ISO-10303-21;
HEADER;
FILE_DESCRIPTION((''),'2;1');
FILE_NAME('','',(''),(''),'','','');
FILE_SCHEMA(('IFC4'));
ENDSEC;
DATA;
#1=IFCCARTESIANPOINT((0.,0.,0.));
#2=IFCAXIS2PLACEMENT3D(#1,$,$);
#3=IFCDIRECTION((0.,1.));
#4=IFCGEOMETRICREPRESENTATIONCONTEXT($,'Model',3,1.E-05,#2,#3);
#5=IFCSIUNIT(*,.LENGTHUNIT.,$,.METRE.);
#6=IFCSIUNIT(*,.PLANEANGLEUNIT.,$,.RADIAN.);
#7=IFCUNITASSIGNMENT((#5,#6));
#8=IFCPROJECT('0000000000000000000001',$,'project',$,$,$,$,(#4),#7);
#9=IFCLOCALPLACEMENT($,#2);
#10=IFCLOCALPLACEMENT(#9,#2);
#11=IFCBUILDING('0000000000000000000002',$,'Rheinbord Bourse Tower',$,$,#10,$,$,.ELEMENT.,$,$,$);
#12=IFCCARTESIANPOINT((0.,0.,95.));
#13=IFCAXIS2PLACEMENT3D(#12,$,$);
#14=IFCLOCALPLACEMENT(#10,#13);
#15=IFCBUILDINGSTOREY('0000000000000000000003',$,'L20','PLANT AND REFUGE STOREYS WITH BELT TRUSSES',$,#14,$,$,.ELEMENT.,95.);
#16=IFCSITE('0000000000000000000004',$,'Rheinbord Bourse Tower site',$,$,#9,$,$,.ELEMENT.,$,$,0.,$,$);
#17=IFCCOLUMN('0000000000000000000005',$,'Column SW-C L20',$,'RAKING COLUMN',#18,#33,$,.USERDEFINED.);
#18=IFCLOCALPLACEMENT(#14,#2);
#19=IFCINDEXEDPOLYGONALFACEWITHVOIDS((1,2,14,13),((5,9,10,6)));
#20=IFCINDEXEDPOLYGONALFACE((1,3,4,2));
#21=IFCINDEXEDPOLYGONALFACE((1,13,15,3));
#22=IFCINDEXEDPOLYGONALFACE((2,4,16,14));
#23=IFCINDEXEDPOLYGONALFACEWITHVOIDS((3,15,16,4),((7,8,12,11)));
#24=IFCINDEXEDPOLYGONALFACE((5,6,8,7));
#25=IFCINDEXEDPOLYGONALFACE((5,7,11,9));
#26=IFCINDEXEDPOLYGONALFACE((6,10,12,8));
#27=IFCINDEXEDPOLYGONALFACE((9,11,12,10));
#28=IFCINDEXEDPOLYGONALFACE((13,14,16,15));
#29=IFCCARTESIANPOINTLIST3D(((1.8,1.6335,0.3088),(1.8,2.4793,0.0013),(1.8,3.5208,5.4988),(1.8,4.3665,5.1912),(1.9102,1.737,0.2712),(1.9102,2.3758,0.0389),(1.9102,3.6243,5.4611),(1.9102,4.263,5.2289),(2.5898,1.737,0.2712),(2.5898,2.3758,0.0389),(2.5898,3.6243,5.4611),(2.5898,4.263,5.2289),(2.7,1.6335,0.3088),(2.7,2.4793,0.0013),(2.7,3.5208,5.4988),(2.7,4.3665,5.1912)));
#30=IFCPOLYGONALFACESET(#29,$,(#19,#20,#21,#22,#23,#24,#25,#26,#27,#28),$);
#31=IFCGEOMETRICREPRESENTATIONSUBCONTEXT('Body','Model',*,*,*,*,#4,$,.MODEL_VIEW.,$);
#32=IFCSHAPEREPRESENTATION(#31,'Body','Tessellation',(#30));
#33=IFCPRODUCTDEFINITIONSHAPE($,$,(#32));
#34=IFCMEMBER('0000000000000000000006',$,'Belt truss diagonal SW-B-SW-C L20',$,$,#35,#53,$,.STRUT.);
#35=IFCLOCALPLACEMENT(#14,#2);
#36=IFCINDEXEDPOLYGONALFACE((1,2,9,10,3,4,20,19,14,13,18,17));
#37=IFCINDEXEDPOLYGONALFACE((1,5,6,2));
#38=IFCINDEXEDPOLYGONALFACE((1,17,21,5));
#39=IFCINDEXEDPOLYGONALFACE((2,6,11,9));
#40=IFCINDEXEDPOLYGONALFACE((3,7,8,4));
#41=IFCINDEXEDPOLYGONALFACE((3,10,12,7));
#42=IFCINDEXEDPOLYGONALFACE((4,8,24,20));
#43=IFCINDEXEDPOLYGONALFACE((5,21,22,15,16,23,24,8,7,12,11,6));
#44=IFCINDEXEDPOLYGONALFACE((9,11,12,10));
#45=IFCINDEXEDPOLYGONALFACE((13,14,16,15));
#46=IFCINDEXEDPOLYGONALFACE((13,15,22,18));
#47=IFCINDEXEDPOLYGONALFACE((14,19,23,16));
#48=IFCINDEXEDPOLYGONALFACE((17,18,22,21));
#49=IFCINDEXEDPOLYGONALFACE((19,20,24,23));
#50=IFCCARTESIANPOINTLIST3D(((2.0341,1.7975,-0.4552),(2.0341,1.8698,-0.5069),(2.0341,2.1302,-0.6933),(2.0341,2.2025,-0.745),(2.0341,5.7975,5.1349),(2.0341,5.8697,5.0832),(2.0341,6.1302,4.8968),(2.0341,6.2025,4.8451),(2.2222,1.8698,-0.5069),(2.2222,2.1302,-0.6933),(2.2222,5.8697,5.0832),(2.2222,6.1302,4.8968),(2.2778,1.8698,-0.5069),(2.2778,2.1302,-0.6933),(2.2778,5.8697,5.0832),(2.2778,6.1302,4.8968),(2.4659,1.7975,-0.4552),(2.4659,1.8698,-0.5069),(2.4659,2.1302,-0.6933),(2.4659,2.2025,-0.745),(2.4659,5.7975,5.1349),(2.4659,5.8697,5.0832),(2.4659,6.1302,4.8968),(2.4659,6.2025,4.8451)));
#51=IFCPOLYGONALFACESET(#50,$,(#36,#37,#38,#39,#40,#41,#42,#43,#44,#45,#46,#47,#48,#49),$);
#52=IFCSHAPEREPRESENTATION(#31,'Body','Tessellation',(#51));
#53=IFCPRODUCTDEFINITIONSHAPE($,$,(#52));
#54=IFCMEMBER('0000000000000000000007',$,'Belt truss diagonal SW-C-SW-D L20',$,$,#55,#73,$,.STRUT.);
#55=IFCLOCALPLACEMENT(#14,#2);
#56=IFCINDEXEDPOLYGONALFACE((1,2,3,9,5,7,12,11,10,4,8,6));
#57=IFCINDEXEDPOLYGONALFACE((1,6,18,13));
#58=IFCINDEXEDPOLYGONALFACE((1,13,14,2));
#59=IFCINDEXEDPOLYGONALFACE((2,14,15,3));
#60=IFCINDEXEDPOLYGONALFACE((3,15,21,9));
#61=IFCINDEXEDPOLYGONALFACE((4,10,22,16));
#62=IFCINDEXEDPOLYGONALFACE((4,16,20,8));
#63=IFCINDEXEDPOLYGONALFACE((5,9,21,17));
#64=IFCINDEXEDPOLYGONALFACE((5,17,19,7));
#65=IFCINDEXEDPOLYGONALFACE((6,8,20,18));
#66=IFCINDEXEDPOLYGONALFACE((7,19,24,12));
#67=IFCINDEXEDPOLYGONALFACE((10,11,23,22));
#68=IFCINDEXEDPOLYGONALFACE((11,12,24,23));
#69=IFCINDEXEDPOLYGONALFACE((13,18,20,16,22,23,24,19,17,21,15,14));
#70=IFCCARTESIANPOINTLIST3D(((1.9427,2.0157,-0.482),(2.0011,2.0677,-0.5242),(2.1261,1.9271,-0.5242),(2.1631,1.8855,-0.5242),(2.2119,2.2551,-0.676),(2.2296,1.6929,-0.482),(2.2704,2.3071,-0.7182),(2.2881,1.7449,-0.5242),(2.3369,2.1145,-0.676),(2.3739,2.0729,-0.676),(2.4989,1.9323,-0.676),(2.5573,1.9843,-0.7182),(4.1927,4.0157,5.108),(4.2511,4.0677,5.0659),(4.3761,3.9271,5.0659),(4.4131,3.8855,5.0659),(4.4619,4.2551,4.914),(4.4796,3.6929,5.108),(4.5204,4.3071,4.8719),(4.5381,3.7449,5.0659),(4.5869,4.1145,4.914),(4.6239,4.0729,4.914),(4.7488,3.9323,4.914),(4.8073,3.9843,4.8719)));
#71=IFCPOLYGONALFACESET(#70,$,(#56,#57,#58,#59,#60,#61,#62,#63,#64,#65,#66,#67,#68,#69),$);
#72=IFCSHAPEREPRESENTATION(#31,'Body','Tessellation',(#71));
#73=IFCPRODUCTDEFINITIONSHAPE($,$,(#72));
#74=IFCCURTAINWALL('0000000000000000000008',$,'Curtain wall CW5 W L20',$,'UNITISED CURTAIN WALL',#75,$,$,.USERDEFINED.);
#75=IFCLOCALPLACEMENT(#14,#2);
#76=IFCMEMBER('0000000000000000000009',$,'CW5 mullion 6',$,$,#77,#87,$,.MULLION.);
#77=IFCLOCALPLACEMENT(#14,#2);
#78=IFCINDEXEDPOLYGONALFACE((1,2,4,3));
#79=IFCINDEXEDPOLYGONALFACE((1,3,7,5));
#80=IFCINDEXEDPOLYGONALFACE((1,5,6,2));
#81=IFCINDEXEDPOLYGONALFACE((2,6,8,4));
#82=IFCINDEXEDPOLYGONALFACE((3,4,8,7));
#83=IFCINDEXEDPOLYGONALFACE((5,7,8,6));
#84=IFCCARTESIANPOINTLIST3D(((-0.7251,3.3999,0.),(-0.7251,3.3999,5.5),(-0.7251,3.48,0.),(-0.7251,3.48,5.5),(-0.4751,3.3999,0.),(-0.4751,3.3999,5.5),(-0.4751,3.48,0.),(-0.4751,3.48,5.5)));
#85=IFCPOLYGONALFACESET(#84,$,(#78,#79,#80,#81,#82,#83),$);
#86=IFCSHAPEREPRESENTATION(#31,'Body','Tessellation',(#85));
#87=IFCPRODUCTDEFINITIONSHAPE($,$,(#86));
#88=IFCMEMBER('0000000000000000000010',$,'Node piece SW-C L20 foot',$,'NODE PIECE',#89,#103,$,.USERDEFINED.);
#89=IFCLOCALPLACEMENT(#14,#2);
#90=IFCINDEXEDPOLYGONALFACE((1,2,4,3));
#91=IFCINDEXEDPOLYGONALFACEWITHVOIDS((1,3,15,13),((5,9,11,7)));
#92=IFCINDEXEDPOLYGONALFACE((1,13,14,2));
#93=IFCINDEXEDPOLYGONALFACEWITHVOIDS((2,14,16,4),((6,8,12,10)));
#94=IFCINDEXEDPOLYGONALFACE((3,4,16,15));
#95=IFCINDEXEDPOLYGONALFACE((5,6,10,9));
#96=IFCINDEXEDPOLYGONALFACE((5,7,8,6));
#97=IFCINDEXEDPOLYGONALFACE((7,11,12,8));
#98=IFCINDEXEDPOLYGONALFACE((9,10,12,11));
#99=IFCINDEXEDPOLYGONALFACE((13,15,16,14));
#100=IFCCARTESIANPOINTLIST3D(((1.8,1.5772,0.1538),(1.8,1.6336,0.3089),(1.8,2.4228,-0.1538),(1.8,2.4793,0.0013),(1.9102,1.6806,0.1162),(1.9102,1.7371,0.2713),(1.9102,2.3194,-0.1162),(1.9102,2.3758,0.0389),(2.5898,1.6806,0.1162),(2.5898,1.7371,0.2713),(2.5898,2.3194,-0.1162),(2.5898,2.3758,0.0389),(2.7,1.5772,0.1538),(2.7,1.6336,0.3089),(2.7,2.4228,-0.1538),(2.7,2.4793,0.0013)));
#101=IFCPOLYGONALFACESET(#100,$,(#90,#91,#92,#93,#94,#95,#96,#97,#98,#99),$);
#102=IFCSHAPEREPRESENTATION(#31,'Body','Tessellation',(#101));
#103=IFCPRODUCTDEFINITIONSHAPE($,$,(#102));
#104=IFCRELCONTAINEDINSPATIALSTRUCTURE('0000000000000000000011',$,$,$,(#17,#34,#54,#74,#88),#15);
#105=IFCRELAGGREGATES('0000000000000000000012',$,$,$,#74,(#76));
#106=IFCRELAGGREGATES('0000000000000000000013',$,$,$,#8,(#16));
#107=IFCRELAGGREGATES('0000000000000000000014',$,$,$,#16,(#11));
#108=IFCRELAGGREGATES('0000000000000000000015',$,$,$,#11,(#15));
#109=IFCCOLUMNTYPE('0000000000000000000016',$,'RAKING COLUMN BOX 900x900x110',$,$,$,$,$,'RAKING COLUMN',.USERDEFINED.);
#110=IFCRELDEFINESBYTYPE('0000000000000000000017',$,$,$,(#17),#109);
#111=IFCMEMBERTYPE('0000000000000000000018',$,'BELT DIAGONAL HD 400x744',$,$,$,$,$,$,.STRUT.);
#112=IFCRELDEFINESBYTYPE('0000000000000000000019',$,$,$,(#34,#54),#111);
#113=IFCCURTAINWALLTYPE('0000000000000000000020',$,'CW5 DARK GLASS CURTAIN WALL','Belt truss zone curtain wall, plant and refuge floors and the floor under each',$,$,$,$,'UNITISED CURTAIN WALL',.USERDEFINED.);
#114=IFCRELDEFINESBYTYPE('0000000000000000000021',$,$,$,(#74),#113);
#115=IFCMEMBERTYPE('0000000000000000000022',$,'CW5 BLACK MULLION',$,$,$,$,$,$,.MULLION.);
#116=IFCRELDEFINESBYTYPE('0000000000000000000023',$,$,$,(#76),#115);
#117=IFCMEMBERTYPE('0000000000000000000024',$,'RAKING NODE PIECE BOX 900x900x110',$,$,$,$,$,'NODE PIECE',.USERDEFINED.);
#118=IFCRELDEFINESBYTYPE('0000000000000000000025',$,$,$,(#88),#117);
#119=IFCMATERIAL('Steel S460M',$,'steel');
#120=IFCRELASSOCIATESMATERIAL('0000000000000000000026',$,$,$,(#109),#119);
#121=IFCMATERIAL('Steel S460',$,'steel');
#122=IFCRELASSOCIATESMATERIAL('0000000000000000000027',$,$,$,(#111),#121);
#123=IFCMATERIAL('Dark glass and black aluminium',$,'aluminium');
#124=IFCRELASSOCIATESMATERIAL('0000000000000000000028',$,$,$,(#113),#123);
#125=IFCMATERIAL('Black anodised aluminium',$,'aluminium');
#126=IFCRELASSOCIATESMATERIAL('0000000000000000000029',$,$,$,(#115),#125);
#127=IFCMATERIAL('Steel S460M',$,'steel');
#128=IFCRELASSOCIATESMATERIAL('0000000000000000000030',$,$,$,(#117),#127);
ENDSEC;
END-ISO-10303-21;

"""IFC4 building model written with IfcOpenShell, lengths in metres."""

from ifc_helpers import new_model, si_unit, direction, frame, origin, origin_2d, place, context, subcontext, project, spatial, rectangle, hollow_rectangle, i_section, extrude, material, material_profile, profile_set, type_object, element, aggregate, save


model = new_model("IFC4")

# Units and contexts
model_context = context("Model", 3, precision=1e-05, world=origin(), true_north=direction((0.0, 1.0)))
body_context = subcontext(model_context, "Body", "Model", "MODEL_VIEW")
ifc_project = project(units=[si_unit("LENGTHUNIT", "METRE"), si_unit("PLANEANGLEUNIT", "RADIAN")], contexts=[model_context])

# Site, building, storey
site_placement = place(None, origin())
site = spatial("IfcSite", under=ifc_project, at=site_placement, Name="Rheinbord Bourse Tower site", CompositionType="ELEMENT", RefElevation=0.0)
building_placement = place(site_placement, origin())
building = spatial("IfcBuilding", under=site, at=building_placement, Name="Rheinbord Bourse Tower", CompositionType="ELEMENT")
storey_placement = place(building_placement, frame((0.0, 0.0, 95.0)))
storey = spatial("IfcBuildingStorey", under=building, at=storey_placement, Name="L20", Description="PLANT AND REFUGE STOREYS WITH BELT TRUSSES", CompositionType="ELEMENT", Elevation=95.0)

# Column
ifc_material_1 = material(Name="Steel S460M", Category="steel")
ifc_material_profile_1 = material_profile(ifc_material_1, hollow_rectangle(XDim=0.8999, YDim=0.8999, WallThickness=0.1101, at=origin_2d()), Name="BOX 900x900x110")
ifc_profile_set_1 = profile_set([ifc_material_profile_1], Name="Steel S460M")
column_type = type_object("IfcColumnType", Name="RAKING COLUMN BOX 900x900x110", ElementType="RAKING COLUMN", PredefinedType="USERDEFINED", material=ifc_profile_set_1)
column_placement = place(storey_placement, frame((2.25, 2.0564, 0.155), z_axis=(0.0, 0.341743, 0.939793), x_axis=(-1.0, 0.0, 0.0)))
element("IfcColumn", 1, at=column_placement, inside=storey, type_object=column_type, Name="Column SW-C L20", ObjectType="RAKING COLUMN", PredefinedType="USERDEFINED", context=body_context, shape_type="SweptSolid", body=[
    extrude(hollow_rectangle(XDim=0.8999, YDim=0.8999, WallThickness=0.1101, at=origin_2d()), origin(), (0.0, 0.0, 1.0), 5.5225),
])

# Members
ifc_material_2 = material(Name="Steel S460", Category="steel")
ifc_material_profile_2 = material_profile(ifc_material_2, i_section(OverallWidth=0.4319, OverallDepth=0.498, WebThickness=0.0557, FlangeThickness=0.0889, at=origin_2d()), Name="HD 400x744")
ifc_profile_set_2 = profile_set([ifc_material_profile_2], Name="Steel S460")
member_type_1 = type_object("IfcMemberType", Name="BELT DIAGONAL HD 400x744", PredefinedType="STRUT", material=ifc_profile_set_2)
member_1_placement = place(storey_placement, frame((2.25, 2.0, -0.6001), z_axis=(0.0, 0.58192, 0.813246), x_axis=(-1.0, 0.0, 0.0)))
element("IfcMember", 2, at=member_1_placement, inside=storey, type_object=member_type_1, Name="Belt truss diagonal SW-B-SW-C L20", PredefinedType="STRUT", context=body_context, shape_type="SweptSolid", body=[
    extrude(i_section(OverallWidth=0.4319, OverallDepth=0.498, WebThickness=0.0557, FlangeThickness=0.0889, at=origin_2d()), origin(), (0.0, 0.0, 1.0), 6.8738),
])
member_2_placement = place(storey_placement, frame((2.25, 2.0, -0.6001), z_axis=(0.354379, 0.315003, 0.880448), x_axis=(-0.664364, 0.747409, 0.0)))
element("IfcMember", 3, at=member_2_placement, inside=storey, type_object=member_type_1, Name="Belt truss diagonal SW-C-SW-D L20", PredefinedType="STRUT", context=body_context, shape_type="SweptSolid", body=[
    extrude(i_section(OverallWidth=0.4319, OverallDepth=0.498, WebThickness=0.0557, FlangeThickness=0.0889, at=origin_2d()), origin(), (0.0, 0.0, 1.0), 6.3491),
])

# Curtain wall, member
ifc_material_3 = material(Name="Dark glass and black aluminium", Category="aluminium")
curtain_wall_type = type_object("IfcCurtainWallType", Name="CW5 DARK GLASS CURTAIN WALL", Description="Belt truss zone curtain wall, plant and refuge floors and the floor under each", ElementType="UNITISED CURTAIN WALL", PredefinedType="USERDEFINED", material=ifc_material_3)
curtain_wall_placement = place(storey_placement, origin())
curtain_wall = element("IfcCurtainWall", 4, at=curtain_wall_placement, inside=storey, type_object=curtain_wall_type, Name="Curtain wall CW5 W L20", ObjectType="UNITISED CURTAIN WALL", PredefinedType="USERDEFINED")
ifc_material_4 = material(Name="Black anodised aluminium", Category="aluminium")
ifc_material_profile_3 = material_profile(ifc_material_4, rectangle(XDim=0.25, YDim=0.0801, at=origin_2d()), Name="CW5 MULLION 80x250")
ifc_profile_set_3 = profile_set([ifc_material_profile_3], Name="Black anodised aluminium")
member_type_2 = type_object("IfcMemberType", Name="CW5 BLACK MULLION", PredefinedType="MULLION", material=ifc_profile_set_3)
member_3_placement = place(storey_placement, frame((-0.6001, 3.4399, 0.0), z_axis=(0.0, 0.0, 1.0), x_axis=(1.0, 0.0, 0.0)))
member_3 = element("IfcMember", 5, at=member_3_placement, type_object=member_type_2, Name="CW5 mullion 6", PredefinedType="MULLION", context=body_context, shape_type="SweptSolid", body=[
    extrude(rectangle(XDim=0.25, YDim=0.0801, at=origin_2d()), origin(), (0.0, 0.0, 1.0), 5.5),
])

# Member
ifc_material_5 = material(Name="Steel S460M", Category="steel")
ifc_material_profile_4 = material_profile(ifc_material_5, hollow_rectangle(XDim=0.8999, YDim=0.8999, WallThickness=0.1101, at=origin_2d()), Name="BOX 900x900x110")
ifc_profile_set_4 = profile_set([ifc_material_profile_4], Name="Steel S460M")
member_type_3 = type_object("IfcMemberType", Name="RAKING NODE PIECE BOX 900x900x110", ElementType="NODE PIECE", PredefinedType="USERDEFINED", material=ifc_profile_set_4)
member_4_placement = place(storey_placement, frame((2.25, 2.0, 0.0), z_axis=(0.0, 0.341862, 0.93975), x_axis=(-1.0, 0.0, 0.0)))
element("IfcMember", 6, at=member_4_placement, inside=storey, type_object=member_type_3, Name="Node piece SW-C L20 foot", ObjectType="NODE PIECE", PredefinedType="USERDEFINED", context=body_context, shape_type="SweptSolid", body=[
    extrude(hollow_rectangle(XDim=0.8999, YDim=0.8999, WallThickness=0.1101, at=origin_2d()), origin(), (0.0, 0.0, 1.0), 0.165),
])

aggregate(curtain_wall, [member_3])

save(model, "model.ifc")
